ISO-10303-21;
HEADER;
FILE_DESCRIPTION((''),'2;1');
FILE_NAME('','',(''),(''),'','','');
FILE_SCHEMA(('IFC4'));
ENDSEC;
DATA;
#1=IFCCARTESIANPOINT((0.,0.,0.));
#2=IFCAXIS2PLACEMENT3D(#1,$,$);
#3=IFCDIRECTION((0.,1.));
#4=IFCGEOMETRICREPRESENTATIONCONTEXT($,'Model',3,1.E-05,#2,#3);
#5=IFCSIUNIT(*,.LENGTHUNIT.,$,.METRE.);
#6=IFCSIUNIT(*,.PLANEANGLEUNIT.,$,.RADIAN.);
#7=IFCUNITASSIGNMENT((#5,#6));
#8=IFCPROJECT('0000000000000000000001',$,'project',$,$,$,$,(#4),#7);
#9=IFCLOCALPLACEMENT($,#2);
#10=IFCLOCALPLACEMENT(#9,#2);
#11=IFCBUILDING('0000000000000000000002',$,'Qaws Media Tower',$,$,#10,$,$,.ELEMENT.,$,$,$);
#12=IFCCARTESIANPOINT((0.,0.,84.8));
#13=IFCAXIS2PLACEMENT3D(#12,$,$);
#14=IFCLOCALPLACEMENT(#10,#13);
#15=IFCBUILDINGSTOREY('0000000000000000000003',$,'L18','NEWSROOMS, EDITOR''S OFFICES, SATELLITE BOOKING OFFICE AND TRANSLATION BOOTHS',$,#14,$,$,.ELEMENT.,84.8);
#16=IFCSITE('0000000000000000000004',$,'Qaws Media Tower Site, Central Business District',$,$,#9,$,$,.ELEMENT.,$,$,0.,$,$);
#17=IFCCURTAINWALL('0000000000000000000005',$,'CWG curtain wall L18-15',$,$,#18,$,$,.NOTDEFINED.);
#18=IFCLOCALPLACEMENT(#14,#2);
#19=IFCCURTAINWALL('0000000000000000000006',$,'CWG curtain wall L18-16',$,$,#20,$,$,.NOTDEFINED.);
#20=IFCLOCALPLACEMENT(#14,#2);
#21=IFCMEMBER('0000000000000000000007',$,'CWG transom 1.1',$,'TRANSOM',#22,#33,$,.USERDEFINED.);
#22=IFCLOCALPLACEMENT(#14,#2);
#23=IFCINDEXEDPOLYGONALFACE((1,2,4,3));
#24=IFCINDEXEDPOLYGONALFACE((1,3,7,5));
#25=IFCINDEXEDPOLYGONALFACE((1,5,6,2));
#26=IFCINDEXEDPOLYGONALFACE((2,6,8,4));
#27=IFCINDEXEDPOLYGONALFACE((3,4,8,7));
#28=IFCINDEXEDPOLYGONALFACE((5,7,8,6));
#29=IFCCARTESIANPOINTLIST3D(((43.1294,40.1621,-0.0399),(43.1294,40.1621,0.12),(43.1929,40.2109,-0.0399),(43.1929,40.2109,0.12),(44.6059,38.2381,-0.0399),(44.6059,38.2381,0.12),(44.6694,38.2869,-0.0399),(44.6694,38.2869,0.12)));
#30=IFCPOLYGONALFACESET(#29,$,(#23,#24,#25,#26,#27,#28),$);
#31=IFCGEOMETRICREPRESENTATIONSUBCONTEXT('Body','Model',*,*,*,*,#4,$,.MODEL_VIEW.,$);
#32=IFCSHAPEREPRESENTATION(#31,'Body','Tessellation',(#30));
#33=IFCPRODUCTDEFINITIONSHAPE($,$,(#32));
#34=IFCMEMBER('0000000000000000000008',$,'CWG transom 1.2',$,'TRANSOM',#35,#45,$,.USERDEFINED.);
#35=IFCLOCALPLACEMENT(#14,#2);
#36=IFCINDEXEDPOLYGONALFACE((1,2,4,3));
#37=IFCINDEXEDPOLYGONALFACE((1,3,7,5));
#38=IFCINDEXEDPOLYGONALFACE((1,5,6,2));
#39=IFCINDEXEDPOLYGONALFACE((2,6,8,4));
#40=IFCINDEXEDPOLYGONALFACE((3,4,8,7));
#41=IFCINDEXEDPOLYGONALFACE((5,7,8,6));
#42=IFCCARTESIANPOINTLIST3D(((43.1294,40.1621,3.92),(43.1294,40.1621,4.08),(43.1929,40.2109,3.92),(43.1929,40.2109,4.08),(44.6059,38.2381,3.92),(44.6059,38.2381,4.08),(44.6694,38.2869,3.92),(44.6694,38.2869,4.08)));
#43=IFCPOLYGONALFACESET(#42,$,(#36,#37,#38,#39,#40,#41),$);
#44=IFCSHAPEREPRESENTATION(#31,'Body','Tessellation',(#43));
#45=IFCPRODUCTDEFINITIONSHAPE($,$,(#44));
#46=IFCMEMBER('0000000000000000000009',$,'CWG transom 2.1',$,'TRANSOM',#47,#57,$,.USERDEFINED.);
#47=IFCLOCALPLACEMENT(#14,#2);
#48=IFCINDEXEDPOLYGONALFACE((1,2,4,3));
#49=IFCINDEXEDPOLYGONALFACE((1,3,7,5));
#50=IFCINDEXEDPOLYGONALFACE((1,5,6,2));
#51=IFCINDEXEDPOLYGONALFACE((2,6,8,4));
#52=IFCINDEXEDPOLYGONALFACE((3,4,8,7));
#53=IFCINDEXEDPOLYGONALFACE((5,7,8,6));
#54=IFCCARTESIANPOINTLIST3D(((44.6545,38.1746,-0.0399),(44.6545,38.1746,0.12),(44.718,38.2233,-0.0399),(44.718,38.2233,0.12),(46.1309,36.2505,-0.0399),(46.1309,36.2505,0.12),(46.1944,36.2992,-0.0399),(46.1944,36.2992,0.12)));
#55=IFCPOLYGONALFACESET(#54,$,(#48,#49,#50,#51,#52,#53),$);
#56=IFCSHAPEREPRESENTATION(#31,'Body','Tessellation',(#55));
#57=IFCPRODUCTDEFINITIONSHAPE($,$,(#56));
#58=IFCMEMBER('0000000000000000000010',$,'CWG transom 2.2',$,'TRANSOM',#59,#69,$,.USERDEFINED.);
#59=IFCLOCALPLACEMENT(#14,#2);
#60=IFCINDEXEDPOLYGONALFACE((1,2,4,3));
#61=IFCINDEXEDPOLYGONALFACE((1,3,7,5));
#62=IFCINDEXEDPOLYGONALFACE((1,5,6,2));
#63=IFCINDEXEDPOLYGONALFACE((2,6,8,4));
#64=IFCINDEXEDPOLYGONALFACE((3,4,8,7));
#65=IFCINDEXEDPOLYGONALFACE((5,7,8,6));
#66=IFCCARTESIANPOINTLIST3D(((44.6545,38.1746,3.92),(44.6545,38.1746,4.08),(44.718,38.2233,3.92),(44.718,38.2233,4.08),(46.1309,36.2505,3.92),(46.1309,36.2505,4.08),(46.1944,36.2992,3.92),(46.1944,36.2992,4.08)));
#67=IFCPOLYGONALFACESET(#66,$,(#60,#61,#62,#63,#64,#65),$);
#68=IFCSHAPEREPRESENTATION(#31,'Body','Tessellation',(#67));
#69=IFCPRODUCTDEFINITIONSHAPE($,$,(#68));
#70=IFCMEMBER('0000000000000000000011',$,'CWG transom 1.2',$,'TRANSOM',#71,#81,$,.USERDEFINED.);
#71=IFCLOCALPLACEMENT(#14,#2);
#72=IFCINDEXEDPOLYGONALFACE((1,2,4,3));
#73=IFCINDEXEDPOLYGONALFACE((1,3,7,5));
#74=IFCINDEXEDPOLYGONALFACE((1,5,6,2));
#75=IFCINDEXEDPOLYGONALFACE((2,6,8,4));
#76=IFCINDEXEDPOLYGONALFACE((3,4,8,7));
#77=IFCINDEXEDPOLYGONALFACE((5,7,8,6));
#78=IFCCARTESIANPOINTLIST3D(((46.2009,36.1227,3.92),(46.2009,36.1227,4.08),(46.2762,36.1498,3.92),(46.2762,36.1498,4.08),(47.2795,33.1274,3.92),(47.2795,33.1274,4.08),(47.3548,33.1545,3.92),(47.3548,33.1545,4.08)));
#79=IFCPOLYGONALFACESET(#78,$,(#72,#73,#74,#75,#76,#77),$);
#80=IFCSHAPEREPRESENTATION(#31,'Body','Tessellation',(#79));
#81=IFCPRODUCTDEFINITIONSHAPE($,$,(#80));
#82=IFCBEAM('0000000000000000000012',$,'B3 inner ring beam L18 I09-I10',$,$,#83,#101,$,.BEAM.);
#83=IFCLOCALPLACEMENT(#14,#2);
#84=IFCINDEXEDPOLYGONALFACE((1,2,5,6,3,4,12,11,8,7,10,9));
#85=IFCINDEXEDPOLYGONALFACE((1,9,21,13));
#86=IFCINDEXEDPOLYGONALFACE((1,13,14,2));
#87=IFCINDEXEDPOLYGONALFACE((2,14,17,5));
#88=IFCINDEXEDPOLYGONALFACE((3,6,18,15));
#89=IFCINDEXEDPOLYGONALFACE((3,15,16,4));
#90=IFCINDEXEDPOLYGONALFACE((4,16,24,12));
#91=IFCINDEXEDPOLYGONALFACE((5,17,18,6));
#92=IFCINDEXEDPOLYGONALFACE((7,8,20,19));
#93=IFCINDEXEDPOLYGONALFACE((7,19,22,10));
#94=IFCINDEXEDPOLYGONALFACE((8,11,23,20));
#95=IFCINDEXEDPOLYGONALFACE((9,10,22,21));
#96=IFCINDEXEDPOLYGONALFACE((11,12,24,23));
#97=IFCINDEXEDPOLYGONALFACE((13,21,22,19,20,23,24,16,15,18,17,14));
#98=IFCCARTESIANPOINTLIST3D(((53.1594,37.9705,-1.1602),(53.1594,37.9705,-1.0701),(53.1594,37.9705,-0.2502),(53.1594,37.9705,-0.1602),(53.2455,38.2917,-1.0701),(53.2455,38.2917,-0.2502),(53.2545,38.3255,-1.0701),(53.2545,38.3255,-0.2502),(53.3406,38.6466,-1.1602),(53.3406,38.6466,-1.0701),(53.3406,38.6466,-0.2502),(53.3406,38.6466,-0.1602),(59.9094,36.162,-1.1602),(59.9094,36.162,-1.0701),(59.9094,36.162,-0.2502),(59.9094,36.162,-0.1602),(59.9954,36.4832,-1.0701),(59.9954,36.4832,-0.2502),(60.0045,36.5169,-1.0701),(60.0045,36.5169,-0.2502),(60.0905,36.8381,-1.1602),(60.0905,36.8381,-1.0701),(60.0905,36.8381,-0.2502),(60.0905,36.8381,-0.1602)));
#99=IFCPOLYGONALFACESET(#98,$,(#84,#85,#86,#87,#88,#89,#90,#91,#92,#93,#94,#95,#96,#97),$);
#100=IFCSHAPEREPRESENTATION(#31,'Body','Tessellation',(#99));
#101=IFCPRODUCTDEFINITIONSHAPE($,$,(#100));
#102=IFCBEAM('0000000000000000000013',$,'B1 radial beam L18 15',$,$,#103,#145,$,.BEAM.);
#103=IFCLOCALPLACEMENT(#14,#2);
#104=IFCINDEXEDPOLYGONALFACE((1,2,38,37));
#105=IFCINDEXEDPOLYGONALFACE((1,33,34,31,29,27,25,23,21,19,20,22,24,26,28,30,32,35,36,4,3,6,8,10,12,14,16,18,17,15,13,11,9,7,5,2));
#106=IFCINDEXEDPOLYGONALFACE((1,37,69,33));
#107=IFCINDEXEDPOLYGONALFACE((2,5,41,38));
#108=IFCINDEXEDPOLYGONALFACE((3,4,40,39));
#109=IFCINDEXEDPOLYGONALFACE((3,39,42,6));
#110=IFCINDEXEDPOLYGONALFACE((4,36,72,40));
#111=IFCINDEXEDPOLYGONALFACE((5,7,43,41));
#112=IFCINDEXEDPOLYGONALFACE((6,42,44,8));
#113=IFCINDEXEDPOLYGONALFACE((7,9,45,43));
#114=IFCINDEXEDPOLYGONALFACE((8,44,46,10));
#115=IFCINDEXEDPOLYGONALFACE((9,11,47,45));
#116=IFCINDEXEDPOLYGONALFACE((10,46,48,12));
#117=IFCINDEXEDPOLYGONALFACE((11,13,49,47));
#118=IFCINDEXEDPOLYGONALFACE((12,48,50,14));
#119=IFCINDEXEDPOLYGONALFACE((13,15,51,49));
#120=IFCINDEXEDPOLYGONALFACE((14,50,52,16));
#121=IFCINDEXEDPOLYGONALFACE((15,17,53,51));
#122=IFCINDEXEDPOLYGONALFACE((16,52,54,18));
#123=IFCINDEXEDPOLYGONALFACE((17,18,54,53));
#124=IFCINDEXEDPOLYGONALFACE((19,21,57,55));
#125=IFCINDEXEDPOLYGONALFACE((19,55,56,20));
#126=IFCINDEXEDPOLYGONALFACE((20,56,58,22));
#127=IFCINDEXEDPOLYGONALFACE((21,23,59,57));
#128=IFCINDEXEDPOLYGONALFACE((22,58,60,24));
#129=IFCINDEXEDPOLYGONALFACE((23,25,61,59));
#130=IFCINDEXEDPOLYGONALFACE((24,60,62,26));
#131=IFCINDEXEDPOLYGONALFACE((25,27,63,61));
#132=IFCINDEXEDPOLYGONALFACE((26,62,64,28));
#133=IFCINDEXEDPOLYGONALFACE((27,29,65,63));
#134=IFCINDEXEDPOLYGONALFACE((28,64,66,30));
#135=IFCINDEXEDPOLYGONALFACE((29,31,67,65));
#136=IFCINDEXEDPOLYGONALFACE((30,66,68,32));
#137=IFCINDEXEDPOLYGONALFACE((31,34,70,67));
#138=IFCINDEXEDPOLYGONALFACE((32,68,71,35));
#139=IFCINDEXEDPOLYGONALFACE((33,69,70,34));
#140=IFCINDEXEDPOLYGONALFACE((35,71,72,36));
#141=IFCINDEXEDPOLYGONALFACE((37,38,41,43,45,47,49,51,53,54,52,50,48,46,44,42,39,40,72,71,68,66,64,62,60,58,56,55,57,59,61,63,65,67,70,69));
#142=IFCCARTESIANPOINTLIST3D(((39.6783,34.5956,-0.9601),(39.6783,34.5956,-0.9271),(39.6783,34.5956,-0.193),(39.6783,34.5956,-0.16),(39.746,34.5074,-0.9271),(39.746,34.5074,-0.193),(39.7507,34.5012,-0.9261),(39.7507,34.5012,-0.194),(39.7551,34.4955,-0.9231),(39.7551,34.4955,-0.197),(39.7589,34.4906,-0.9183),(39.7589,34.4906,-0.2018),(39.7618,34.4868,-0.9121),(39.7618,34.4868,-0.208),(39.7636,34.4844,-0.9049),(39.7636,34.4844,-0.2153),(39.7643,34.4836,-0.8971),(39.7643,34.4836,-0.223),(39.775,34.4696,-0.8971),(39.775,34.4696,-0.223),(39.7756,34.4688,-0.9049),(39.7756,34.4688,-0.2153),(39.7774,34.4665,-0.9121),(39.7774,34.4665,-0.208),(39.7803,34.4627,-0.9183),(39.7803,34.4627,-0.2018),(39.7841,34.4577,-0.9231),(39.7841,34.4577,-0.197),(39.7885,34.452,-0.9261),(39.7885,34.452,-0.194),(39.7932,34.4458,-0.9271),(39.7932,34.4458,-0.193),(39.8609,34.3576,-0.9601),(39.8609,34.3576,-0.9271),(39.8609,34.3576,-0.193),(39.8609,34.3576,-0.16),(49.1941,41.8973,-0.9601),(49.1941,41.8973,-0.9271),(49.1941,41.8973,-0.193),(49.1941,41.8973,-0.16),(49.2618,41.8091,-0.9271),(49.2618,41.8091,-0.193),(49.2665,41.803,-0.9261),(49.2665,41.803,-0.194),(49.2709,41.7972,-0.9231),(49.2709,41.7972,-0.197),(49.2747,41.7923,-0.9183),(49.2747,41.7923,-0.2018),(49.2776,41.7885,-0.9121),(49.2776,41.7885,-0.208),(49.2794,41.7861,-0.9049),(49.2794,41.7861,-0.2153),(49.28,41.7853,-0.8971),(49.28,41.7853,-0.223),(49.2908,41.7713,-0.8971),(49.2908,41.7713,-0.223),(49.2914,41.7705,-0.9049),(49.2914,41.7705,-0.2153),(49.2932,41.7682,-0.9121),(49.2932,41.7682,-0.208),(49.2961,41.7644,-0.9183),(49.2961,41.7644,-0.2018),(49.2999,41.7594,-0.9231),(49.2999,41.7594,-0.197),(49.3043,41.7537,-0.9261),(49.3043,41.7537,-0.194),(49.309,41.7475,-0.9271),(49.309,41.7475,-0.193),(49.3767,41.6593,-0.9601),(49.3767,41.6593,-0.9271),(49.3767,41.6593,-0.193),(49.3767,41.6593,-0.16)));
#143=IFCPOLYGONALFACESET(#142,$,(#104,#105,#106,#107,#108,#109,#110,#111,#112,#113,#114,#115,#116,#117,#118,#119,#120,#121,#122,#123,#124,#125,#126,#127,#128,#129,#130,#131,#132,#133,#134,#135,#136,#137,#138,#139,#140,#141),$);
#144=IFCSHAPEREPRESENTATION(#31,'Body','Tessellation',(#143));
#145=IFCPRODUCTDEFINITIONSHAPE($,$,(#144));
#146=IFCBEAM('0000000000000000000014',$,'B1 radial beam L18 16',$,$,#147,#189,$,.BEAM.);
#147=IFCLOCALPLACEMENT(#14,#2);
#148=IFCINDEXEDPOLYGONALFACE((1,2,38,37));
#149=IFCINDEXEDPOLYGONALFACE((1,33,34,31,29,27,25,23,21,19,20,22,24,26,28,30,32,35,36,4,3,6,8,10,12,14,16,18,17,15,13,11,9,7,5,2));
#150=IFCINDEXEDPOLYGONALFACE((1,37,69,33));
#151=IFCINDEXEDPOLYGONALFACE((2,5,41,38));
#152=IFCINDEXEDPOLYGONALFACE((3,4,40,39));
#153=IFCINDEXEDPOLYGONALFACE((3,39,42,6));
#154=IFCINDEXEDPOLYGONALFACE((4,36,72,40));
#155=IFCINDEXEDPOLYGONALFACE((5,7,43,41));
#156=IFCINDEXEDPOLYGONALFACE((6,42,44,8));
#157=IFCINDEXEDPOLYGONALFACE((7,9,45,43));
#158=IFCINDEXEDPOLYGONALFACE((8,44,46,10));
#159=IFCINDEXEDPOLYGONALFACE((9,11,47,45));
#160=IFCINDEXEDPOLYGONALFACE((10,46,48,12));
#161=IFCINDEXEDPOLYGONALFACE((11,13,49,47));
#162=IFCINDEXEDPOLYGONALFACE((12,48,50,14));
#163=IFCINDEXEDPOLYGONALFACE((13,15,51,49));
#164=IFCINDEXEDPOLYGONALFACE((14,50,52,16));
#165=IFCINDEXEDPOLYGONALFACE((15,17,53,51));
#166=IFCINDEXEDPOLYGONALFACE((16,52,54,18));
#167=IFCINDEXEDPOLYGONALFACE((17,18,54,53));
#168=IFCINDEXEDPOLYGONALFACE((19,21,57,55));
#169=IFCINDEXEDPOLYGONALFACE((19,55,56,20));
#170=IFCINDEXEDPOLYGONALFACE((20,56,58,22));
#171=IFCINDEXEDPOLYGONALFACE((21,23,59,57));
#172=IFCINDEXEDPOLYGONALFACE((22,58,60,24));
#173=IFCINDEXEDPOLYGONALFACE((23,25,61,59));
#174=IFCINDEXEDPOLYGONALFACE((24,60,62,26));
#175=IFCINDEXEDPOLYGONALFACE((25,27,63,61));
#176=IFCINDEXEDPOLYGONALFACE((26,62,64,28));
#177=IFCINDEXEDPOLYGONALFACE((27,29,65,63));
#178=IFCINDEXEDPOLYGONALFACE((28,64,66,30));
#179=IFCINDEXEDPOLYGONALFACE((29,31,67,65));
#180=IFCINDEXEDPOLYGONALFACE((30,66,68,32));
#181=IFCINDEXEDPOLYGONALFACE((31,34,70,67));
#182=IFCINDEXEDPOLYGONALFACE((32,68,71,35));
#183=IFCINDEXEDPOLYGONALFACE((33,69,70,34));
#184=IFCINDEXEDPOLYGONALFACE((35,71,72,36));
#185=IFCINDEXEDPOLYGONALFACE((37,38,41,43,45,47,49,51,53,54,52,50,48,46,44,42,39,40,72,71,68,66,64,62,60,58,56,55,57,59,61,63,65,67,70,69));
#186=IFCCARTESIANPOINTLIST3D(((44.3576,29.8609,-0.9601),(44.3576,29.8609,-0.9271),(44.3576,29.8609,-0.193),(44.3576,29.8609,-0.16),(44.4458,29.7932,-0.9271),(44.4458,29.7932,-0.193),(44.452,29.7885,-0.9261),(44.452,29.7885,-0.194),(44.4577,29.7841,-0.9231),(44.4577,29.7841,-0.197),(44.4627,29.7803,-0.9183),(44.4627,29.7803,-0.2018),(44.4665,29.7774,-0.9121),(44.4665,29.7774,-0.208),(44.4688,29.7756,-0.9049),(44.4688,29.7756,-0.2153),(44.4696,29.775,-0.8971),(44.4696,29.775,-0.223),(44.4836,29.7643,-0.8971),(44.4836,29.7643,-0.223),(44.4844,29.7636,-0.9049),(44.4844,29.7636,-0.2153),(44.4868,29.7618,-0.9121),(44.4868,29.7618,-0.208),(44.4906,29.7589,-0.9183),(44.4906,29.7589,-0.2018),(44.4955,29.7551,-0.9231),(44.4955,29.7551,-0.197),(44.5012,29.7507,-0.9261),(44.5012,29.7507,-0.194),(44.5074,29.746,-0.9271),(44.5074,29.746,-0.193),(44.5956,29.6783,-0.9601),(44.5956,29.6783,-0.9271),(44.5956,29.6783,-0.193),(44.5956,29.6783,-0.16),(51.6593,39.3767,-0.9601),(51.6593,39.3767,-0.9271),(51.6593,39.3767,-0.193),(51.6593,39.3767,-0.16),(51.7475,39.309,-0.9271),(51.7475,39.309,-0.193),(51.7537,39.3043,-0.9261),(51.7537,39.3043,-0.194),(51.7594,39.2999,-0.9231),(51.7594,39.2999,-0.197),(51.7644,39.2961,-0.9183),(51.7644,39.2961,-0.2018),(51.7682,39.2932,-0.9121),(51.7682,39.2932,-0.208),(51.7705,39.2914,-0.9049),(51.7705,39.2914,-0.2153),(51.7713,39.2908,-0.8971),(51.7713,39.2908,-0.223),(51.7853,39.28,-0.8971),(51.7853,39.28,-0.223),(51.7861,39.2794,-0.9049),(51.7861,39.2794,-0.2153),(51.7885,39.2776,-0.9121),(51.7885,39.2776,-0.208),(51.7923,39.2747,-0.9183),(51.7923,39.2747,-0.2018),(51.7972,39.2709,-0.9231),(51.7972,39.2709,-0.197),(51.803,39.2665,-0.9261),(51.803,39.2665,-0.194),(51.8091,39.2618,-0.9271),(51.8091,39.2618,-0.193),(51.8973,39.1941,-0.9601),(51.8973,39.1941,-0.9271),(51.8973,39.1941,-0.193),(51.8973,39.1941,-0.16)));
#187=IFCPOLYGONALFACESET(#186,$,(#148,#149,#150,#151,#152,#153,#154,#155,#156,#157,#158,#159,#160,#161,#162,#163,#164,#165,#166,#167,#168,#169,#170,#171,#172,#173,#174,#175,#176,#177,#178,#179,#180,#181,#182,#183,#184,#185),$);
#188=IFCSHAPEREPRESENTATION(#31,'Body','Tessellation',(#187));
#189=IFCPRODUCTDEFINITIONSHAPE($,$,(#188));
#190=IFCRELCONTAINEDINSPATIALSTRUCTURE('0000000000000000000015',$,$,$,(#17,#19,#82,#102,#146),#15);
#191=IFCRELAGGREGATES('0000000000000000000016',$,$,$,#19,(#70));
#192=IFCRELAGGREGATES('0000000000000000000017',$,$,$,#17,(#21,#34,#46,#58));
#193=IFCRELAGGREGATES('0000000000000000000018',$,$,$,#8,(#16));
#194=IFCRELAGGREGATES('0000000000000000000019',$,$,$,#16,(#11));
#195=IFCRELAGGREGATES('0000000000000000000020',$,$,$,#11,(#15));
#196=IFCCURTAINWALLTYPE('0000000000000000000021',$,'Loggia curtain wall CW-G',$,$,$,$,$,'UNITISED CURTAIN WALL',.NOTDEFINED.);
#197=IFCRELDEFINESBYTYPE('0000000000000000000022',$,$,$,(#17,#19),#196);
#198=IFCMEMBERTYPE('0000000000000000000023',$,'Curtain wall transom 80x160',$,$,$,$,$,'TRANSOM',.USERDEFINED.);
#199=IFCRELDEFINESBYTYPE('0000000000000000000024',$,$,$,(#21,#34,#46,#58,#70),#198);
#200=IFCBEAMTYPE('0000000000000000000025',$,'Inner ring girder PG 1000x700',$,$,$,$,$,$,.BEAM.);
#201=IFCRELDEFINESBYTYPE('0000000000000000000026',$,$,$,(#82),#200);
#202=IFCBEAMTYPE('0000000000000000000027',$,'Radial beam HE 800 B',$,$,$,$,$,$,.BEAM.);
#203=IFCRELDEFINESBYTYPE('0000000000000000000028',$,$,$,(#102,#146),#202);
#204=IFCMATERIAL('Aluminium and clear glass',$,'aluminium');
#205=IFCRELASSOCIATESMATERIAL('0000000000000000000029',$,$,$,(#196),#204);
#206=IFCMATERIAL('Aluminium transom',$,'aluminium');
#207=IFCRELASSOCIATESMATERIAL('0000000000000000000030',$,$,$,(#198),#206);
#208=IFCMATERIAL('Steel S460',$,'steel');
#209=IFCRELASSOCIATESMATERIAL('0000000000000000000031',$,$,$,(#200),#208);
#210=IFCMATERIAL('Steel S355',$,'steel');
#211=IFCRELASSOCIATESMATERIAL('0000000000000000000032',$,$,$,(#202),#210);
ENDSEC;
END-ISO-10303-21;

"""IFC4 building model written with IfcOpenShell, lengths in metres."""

from ifc_helpers import new_model, si_unit, direction, frame, origin, origin_2d, place, context, subcontext, project, spatial, rectangle, i_section, extrude, material, material_profile, profile_set, type_object, element, aggregate, save


model = new_model("IFC4")

# Units and contexts
model_context = context("Model", 3, precision=1e-05, world=origin(), true_north=direction((0.0, 1.0)))
body_context = subcontext(model_context, "Body", "Model", "MODEL_VIEW")
ifc_project = project(units=[si_unit("LENGTHUNIT", "METRE"), si_unit("PLANEANGLEUNIT", "RADIAN")], contexts=[model_context])

# Site, building, storey
site_placement = place(None, origin())
site = spatial("IfcSite", under=ifc_project, at=site_placement, Name="Qaws Media Tower Site, Central Business District", CompositionType="ELEMENT", RefElevation=0.0)
building_placement = place(site_placement, origin())
building = spatial("IfcBuilding", under=site, at=building_placement, Name="Qaws Media Tower", CompositionType="ELEMENT")
storey_placement = place(building_placement, frame((0.0, 0.0, 84.8)))
storey = spatial("IfcBuildingStorey", under=building, at=storey_placement, Name="L18", Description="NEWSROOMS, EDITOR'S OFFICES, SATELLITE BOOKING OFFICE AND TRANSLATION BOOTHS", CompositionType="ELEMENT", Elevation=84.8)

# Shared definitions
ifc_material_1 = material(Name="Aluminium and clear glass", Category="aluminium")
curtain_wall_type = type_object("IfcCurtainWallType", Name="Loggia curtain wall CW-G", ElementType="UNITISED CURTAIN WALL", PredefinedType="NOTDEFINED", material=ifc_material_1)

# Curtain wall
curtain_wall_1_placement = place(storey_placement, origin())
curtain_wall_1 = element("IfcCurtainWall", 1, at=curtain_wall_1_placement, inside=storey, type_object=curtain_wall_type, Name="CWG curtain wall L18-15", PredefinedType="NOTDEFINED")

# Curtain wall
curtain_wall_2_placement = place(storey_placement, origin())
curtain_wall_2 = element("IfcCurtainWall", 2, at=curtain_wall_2_placement, inside=storey, type_object=curtain_wall_type, Name="CWG curtain wall L18-16", PredefinedType="NOTDEFINED")

# Members
ifc_material_2 = material(Name="Aluminium transom", Category="aluminium")
ifc_material_profile_1 = material_profile(ifc_material_2, rectangle(XDim=0.0801, YDim=0.1599, at=origin_2d()), Name="80x160")
ifc_profile_set_1 = profile_set([ifc_material_profile_1], Name="Aluminium transom")
member_type_1 = type_object("IfcMemberType", Name="Curtain wall transom 80x160", ElementType="TRANSOM", PredefinedType="USERDEFINED", material=ifc_profile_set_1)
member_1_placement = place(storey_placement, frame((43.1611, 40.1865, 0.04), z_axis=(0.608806, -0.79332, 0.0), x_axis=(0.79332, 0.608806, 0.0)))
member_1 = element("IfcMember", 3, at=member_1_placement, type_object=member_type_1, Name="CWG transom 1.1", ObjectType="TRANSOM", PredefinedType="USERDEFINED", context=body_context, shape_type="SweptSolid", body=[
    extrude(rectangle(XDim=0.0801, YDim=0.1599, at=origin_2d()), origin(), (0.0, 0.0, 1.0), 2.4253),
])
member_2_placement = place(storey_placement, frame((43.1611, 40.1865, 4.0), z_axis=(0.608806, -0.79332, 0.0), x_axis=(0.79332, 0.608806, 0.0)))
member_2 = element("IfcMember", 4, at=member_2_placement, type_object=member_type_1, Name="CWG transom 1.2", ObjectType="TRANSOM", PredefinedType="USERDEFINED", context=body_context, shape_type="SweptSolid", body=[
    extrude(rectangle(XDim=0.0801, YDim=0.1599, at=origin_2d()), origin(), (0.0, 0.0, 1.0), 2.4253),
])
member_3_placement = place(storey_placement, frame((44.6863, 38.199, 0.04), z_axis=(0.608742, -0.793368, 0.0), x_axis=(0.793368, 0.608742, 0.0)))
member_3 = element("IfcMember", 5, at=member_3_placement, type_object=member_type_1, Name="CWG transom 2.1", ObjectType="TRANSOM", PredefinedType="USERDEFINED", context=body_context, shape_type="SweptSolid", body=[
    extrude(rectangle(XDim=0.0801, YDim=0.1599, at=origin_2d()), origin(), (0.0, 0.0, 1.0), 2.4253),
])
member_4_placement = place(storey_placement, frame((44.6863, 38.199, 4.0), z_axis=(0.608742, -0.793368, 0.0), x_axis=(0.793368, 0.608742, 0.0)))
member_4 = element("IfcMember", 6, at=member_4_placement, type_object=member_type_1, Name="CWG transom 2.2", ObjectType="TRANSOM", PredefinedType="USERDEFINED", context=body_context, shape_type="SweptSolid", body=[
    extrude(rectangle(XDim=0.0801, YDim=0.1599, at=origin_2d()), origin(), (0.0, 0.0, 1.0), 2.4253),
])
member_5_placement = place(storey_placement, frame((46.2385, 36.1362, 4.0), z_axis=(0.338798, -0.940859, 0.0), x_axis=(0.940859, 0.338798, 0.0)))
member_5 = element("IfcMember", 7, at=member_5_placement, type_object=member_type_1, Name="CWG transom 1.2", ObjectType="TRANSOM", PredefinedType="USERDEFINED", context=body_context, shape_type="SweptSolid", body=[
    extrude(rectangle(XDim=0.0801, YDim=0.1599, at=origin_2d()), origin(), (0.0, 0.0, 1.0), 3.1836),
])
aggregate(curtain_wall_2, [member_5])

# Beams
ifc_material_3 = material(Name="Steel S460", Category="steel")
ifc_material_profile_2 = material_profile(ifc_material_3, i_section(OverallWidth=0.7, OverallDepth=1.0, WebThickness=0.0349, FlangeThickness=0.0901, at=origin_2d()), Name="PG 1000x700")
ifc_profile_set_2 = profile_set([ifc_material_profile_2], Name="Steel S460")
beam_type_1 = type_object("IfcBeamType", Name="Inner ring girder PG 1000x700", PredefinedType="BEAM", material=ifc_profile_set_2)
beam_placement = place(storey_placement, frame((53.25, 38.3086, -0.6602), z_axis=(0.965928, -0.258811, 0.0), x_axis=(0.258811, 0.965928, 0.0)))
element("IfcBeam", 8, at=beam_placement, inside=storey, type_object=beam_type_1, Name="B3 inner ring beam L18 I09-I10", PredefinedType="BEAM", context=body_context, shape_type="SweptSolid", body=[
    extrude(i_section(OverallWidth=0.7, OverallDepth=1.0, WebThickness=0.0349, FlangeThickness=0.0901, at=origin_2d()), origin(), (0.0, 0.0, 1.0), 6.988),
])
ifc_material_4 = material(Name="Steel S355", Category="steel")
ifc_material_profile_3 = material_profile(ifc_material_4, i_section(OverallWidth=0.3, OverallDepth=0.8, WebThickness=0.0176, FlangeThickness=0.033, FilletRadius=0.03, at=origin_2d()), Name="HE 800 B")
ifc_profile_set_3 = profile_set([ifc_material_profile_3], Name="Steel S355")
beam_type_2 = type_object("IfcBeamType", Name="Radial beam HE 800 B", PredefinedType="BEAM", material=ifc_profile_set_3)
for number, where, z_axis, x_axis, name in (
    (9, (49.2854, 41.7783, -0.5601), (-0.793354, -0.60876, 0.0), (0.60876, -0.793354, 0.0), "B1 radial beam L18 15"),
    (10, (51.7783, 39.2854, -0.5601), (-0.60876, -0.793354, 0.0), (0.793354, -0.60876, 0.0), "B1 radial beam L18 16"),
):
    element("IfcBeam", number, at=place(storey_placement, frame(where, z_axis=z_axis, x_axis=x_axis)), inside=storey, type_object=beam_type_2, Name=name, PredefinedType="BEAM", context=body_context, shape_type="SweptSolid", body=[
        extrude(i_section(OverallWidth=0.3, OverallDepth=0.8, WebThickness=0.0176, FlangeThickness=0.033, FilletRadius=0.03, at=origin_2d()), origin(), (0.0, 0.0, 1.0), 11.9944),
    ])

aggregate(curtain_wall_1, [member_1, member_2, member_3, member_4])

save(model, "model.ifc")
